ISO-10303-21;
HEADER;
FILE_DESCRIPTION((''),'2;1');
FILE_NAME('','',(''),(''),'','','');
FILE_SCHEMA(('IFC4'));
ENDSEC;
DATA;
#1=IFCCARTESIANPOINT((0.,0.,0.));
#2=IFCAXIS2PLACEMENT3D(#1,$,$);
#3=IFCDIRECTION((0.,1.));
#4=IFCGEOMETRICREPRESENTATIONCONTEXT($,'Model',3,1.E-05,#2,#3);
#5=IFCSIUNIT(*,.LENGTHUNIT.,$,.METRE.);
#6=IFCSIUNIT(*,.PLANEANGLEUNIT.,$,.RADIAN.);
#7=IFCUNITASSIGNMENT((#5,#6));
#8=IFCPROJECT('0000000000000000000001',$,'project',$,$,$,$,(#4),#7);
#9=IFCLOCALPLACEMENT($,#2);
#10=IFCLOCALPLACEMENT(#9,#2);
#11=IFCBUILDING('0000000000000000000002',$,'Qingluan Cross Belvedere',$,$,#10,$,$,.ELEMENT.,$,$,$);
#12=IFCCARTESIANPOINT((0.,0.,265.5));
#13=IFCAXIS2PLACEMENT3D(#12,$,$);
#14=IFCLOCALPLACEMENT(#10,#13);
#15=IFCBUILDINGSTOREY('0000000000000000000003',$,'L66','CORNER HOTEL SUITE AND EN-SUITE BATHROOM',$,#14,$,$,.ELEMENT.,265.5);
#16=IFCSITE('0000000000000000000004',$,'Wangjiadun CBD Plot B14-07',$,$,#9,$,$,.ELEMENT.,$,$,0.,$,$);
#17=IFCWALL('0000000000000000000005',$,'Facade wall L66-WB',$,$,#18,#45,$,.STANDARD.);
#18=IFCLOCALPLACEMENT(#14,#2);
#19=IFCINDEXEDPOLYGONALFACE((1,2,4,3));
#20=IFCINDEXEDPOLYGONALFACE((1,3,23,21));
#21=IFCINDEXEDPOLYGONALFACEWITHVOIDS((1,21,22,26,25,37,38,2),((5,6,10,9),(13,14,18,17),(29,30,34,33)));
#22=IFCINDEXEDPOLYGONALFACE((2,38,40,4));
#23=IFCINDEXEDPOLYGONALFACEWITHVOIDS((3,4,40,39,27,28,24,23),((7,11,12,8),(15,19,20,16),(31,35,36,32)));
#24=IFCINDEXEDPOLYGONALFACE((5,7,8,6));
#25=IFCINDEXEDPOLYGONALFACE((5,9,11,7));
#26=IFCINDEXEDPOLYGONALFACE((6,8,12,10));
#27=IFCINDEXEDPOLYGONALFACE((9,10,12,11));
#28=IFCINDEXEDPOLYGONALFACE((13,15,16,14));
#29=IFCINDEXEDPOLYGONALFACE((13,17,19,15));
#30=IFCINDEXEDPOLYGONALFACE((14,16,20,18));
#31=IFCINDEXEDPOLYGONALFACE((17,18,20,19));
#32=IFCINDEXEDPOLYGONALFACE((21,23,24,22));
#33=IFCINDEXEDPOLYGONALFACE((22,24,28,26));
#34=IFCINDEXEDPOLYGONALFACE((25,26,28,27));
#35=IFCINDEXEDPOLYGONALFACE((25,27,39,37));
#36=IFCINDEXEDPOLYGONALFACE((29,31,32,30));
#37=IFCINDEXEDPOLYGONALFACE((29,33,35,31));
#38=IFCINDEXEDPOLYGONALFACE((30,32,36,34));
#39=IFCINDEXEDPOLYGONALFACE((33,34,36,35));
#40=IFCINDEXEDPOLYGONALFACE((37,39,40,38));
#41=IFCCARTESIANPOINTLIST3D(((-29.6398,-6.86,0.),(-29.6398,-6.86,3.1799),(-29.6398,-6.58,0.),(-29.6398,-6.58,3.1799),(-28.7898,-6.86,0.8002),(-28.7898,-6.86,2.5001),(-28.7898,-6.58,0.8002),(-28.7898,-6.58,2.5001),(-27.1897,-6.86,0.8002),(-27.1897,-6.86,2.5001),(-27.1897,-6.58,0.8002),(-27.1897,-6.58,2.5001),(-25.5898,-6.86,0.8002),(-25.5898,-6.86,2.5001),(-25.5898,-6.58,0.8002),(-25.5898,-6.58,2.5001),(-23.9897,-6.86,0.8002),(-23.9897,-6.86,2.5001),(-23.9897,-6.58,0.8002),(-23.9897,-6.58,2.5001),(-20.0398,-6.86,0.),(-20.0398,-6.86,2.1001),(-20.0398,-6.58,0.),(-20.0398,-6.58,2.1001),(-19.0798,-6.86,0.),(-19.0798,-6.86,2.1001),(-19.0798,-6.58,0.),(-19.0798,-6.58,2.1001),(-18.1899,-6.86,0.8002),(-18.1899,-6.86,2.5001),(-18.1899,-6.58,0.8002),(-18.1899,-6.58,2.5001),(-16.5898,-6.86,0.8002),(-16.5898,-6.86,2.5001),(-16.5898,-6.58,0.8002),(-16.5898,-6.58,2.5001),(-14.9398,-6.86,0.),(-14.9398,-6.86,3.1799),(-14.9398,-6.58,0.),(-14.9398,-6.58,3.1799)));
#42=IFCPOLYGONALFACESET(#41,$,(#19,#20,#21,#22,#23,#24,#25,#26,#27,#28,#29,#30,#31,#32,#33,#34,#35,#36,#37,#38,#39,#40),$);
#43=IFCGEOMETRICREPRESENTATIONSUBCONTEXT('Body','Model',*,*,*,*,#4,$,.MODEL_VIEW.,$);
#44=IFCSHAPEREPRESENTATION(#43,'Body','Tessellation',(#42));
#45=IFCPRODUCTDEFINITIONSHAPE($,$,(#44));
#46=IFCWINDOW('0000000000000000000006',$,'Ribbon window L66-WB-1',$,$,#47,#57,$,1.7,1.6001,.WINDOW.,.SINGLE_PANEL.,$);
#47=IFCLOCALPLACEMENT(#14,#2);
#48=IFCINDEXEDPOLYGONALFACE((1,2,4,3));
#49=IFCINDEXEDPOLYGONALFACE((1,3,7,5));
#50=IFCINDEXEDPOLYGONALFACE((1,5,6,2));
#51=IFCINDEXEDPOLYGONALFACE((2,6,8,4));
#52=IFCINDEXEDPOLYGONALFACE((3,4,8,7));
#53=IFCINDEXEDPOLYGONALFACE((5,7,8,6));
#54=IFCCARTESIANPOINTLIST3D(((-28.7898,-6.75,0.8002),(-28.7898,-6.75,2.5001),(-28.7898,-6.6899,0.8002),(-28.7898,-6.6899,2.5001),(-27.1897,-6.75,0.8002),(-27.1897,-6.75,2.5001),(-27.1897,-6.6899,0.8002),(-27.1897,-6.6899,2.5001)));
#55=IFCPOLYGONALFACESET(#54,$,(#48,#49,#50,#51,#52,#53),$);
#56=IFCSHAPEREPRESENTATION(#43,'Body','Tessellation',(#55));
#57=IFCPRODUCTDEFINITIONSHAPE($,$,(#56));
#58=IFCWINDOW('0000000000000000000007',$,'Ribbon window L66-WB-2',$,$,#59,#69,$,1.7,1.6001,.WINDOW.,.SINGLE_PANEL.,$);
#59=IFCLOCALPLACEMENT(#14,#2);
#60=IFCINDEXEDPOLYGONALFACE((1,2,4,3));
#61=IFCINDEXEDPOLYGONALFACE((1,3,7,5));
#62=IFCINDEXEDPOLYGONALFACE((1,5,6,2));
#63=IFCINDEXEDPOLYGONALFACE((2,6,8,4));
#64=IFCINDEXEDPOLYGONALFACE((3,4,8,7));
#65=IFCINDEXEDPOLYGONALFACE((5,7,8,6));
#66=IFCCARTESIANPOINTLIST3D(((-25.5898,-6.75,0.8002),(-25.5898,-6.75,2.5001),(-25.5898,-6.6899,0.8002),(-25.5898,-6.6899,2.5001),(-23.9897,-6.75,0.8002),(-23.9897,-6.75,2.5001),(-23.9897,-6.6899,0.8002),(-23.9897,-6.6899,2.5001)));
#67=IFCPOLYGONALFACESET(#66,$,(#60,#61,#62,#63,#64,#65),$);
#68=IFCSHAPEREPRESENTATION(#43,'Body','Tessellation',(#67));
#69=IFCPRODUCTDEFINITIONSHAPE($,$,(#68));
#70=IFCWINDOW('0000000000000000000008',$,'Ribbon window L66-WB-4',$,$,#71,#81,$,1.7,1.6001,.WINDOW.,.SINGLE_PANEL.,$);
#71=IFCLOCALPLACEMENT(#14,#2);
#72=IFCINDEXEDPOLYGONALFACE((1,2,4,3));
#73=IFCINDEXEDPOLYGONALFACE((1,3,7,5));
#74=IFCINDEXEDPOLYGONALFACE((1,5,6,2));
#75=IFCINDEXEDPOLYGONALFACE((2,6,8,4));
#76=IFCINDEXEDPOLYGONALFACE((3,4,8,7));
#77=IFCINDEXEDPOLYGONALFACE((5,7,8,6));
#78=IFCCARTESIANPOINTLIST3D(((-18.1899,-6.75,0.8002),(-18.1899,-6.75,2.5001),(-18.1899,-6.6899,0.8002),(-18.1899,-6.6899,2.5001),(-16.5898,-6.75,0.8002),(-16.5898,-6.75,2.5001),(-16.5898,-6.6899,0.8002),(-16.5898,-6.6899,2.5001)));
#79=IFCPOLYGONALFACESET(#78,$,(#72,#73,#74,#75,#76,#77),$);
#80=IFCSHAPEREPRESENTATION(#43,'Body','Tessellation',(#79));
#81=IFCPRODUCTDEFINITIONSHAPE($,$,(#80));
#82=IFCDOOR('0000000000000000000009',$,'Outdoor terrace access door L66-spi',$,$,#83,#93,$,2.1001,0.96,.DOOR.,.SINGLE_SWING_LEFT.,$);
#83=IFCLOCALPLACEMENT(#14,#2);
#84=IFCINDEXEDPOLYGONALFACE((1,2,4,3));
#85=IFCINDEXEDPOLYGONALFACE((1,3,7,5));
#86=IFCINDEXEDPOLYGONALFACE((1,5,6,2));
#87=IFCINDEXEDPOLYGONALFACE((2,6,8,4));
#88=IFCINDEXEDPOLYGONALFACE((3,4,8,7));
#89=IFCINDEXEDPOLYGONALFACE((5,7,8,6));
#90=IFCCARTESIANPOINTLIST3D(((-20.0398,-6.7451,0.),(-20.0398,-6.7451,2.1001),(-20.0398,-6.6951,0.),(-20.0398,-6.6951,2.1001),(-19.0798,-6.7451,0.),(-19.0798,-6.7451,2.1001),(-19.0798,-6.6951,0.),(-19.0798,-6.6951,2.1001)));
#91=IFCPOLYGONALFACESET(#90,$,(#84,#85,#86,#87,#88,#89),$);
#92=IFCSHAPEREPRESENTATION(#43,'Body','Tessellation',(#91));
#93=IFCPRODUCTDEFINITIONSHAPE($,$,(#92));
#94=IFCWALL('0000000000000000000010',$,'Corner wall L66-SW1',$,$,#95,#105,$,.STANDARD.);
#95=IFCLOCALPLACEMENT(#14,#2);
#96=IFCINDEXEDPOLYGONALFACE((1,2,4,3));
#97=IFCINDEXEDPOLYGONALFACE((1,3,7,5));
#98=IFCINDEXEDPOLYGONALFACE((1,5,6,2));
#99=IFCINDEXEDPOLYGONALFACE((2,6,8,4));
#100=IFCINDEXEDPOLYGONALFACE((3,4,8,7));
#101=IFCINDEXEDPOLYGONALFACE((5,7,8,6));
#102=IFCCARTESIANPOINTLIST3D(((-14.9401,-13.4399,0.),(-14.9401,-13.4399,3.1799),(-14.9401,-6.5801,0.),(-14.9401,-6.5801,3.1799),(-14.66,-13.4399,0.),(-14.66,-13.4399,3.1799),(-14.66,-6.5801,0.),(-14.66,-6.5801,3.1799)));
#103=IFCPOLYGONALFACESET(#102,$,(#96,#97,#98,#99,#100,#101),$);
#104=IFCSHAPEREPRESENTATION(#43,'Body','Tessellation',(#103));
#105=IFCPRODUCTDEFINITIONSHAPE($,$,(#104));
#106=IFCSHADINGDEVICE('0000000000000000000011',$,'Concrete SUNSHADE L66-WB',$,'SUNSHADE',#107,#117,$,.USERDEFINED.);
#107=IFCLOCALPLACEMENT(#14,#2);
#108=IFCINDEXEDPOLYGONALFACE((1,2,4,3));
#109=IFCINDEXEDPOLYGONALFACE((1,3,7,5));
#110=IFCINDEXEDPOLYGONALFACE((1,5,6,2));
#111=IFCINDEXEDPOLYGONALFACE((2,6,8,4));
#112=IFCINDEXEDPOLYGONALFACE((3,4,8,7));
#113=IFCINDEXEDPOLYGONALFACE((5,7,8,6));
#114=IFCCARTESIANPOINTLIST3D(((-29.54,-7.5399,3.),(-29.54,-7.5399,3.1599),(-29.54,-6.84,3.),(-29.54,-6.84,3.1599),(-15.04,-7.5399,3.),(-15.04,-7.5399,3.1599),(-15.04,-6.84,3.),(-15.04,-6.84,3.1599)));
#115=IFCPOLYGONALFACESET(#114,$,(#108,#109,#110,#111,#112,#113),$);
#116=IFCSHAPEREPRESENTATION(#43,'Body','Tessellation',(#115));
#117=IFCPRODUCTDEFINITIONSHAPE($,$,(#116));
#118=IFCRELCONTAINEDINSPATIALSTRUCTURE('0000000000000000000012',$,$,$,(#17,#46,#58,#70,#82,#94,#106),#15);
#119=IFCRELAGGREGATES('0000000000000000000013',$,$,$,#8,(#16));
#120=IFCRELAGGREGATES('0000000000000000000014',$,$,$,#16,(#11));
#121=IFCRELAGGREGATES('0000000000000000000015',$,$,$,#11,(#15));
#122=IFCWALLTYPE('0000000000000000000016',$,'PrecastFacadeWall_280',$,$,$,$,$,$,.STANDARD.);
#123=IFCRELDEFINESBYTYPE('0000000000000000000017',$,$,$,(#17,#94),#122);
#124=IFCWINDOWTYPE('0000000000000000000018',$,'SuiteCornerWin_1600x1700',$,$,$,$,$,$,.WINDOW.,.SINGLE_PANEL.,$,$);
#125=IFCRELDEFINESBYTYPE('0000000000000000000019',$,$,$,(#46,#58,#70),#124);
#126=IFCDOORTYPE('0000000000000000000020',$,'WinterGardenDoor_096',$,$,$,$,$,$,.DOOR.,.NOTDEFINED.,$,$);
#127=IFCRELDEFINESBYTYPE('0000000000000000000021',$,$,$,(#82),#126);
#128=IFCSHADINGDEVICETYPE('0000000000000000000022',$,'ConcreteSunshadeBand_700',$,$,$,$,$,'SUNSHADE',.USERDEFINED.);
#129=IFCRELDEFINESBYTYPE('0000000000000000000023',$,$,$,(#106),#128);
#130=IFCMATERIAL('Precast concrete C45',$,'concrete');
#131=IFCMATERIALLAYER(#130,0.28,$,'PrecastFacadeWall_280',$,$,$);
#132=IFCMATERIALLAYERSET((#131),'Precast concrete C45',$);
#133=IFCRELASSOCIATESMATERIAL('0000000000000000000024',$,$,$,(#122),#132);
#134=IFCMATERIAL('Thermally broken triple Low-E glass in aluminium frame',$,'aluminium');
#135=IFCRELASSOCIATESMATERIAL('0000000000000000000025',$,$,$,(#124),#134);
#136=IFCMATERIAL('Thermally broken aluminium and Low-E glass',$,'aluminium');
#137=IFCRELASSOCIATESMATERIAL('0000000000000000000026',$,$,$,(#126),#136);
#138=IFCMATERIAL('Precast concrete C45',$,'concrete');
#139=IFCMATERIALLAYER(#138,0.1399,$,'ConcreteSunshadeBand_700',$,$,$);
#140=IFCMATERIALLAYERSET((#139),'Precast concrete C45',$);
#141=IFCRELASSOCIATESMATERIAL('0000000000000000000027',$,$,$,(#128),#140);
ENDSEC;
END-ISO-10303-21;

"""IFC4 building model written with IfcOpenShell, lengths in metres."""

from ifc_helpers import new_model, si_unit, direction, frame, frame_2d, origin, origin_2d, place, context, subcontext, project, spatial, rectangle, extrude, material, layer, layer_set, type_object, element, fill, save


model = new_model("IFC4")

# Units and contexts
model_context = context("Model", 3, precision=1e-05, world=origin(), true_north=direction((0.0, 1.0)))
body_context = subcontext(model_context, "Body", "Model", "MODEL_VIEW")
ifc_project = project(units=[si_unit("LENGTHUNIT", "METRE"), si_unit("PLANEANGLEUNIT", "RADIAN")], contexts=[model_context])

# Site, building, storey
site_placement = place(None, origin())
site = spatial("IfcSite", under=ifc_project, at=site_placement, Name="Wangjiadun CBD Plot B14-07", CompositionType="ELEMENT", RefElevation=0.0)
building_placement = place(site_placement, origin())
building = spatial("IfcBuilding", under=site, at=building_placement, Name="Qingluan Cross Belvedere", CompositionType="ELEMENT")
storey_placement = place(building_placement, frame((0.0, 0.0, 265.5)))
storey = spatial("IfcBuildingStorey", under=building, at=storey_placement, Name="L66", Description="CORNER HOTEL SUITE AND EN-SUITE BATHROOM", CompositionType="ELEMENT", Elevation=265.5)

# Wall, openings, windows, door
ifc_material_1 = material(Name="Precast concrete C45", Category="concrete")
ifc_layer_1 = layer(ifc_material_1, 0.28, Name="PrecastFacadeWall_280")
ifc_layer_set_1 = layer_set([ifc_layer_1], Name="Precast concrete C45")
wall_type_1 = type_object("IfcWallType", Name="PrecastFacadeWall_280", PredefinedType="STANDARD", material=ifc_layer_set_1)
wall_1_placement = place(storey_placement, frame((-29.6399, -6.72, 0.0), z_axis=(0.0, 0.0, 1.0), x_axis=(1.0, 0.0, 0.0)))
wall_1 = element("IfcWall", 1, at=wall_1_placement, inside=storey, type_object=wall_type_1, Name="Facade wall L66-WB", PredefinedType="STANDARD", context=body_context, shape_type="SweptSolid", body=[
    extrude(rectangle(XDim=14.7, YDim=0.28, at=frame_2d((7.3501, 0.0))), origin(), (0.0, 0.0, 1.0), 3.1799),
])
opening_1_placement = place(wall_1_placement, frame((0.8501, 0.0, 0.8)))
opening_1 = element("IfcOpeningElement", 2, at=opening_1_placement, cuts=wall_1, PredefinedType="OPENING", context=body_context, shape_type="SweptSolid", body=[
    extrude(rectangle(XDim=1.6001, YDim=1.7, at=frame_2d((0.8, 0.8501))), frame((0.0, 0.1499, 0.0), z_axis=(0.0, -1.0, 0.0), x_axis=(1.0, 0.0, 0.0)), (0.0, 0.0, 1.0), 0.3),
])
opening_2_placement = place(wall_1_placement, frame((4.05, 0.0, 0.8)))
opening_2 = element("IfcOpeningElement", 3, at=opening_2_placement, cuts=wall_1, PredefinedType="OPENING", context=body_context, shape_type="SweptSolid", body=[
    extrude(rectangle(XDim=1.6001, YDim=1.7, at=frame_2d((0.8, 0.8501))), frame((0.0, 0.1499, 0.0), z_axis=(0.0, -1.0, 0.0), x_axis=(1.0, 0.0, 0.0)), (0.0, 0.0, 1.0), 0.3),
])
opening_3_placement = place(wall_1_placement, frame((11.45, 0.0, 0.8)))
opening_3 = element("IfcOpeningElement", 4, at=opening_3_placement, cuts=wall_1, PredefinedType="OPENING", context=body_context, shape_type="SweptSolid", body=[
    extrude(rectangle(XDim=1.6001, YDim=1.7, at=frame_2d((0.8, 0.8501))), frame((0.0, 0.1499, 0.0), z_axis=(0.0, -1.0, 0.0), x_axis=(1.0, 0.0, 0.0)), (0.0, 0.0, 1.0), 0.3),
])
opening_4_placement = place(wall_1_placement, frame((9.6001, 0.0, 0.0)))
opening_4 = element("IfcOpeningElement", 5, at=opening_4_placement, cuts=wall_1, PredefinedType="OPENING", context=body_context, shape_type="SweptSolid", body=[
    extrude(rectangle(XDim=0.96, YDim=2.1001, at=frame_2d((0.48, 1.05))), frame((0.0, 0.1499, 0.0), z_axis=(0.0, -1.0, 0.0), x_axis=(1.0, 0.0, 0.0)), (0.0, 0.0, 1.0), 0.3),
])
ifc_material_2 = material(Name="Thermally broken triple Low-E glass in aluminium frame", Category="aluminium")
window_type = type_object("IfcWindowType", Name="SuiteCornerWin_1600x1700", PartitioningType="SINGLE_PANEL", PredefinedType="WINDOW", material=ifc_material_2)
window_1_placement = place(opening_1_placement, origin())
window_1 = element("IfcWindow", 6, at=window_1_placement, inside=storey, type_object=window_type, Name="Ribbon window L66-WB-1", OverallHeight=1.7, OverallWidth=1.6001, PartitioningType="SINGLE_PANEL", PredefinedType="WINDOW", context=body_context, shape_type="SweptSolid", body=[
    extrude(rectangle(XDim=1.6001, YDim=1.7, at=frame_2d((0.8, 0.8501))), frame((0.0, 0.03, 0.0), z_axis=(0.0, -1.0, 0.0), x_axis=(1.0, 0.0, 0.0)), (0.0, 0.0, 1.0), 0.0601),
])
fill(opening_1, window_1)
window_2_placement = place(opening_2_placement, origin())
window_2 = element("IfcWindow", 7, at=window_2_placement, inside=storey, type_object=window_type, Name="Ribbon window L66-WB-2", OverallHeight=1.7, OverallWidth=1.6001, PartitioningType="SINGLE_PANEL", PredefinedType="WINDOW", context=body_context, shape_type="SweptSolid", body=[
    extrude(rectangle(XDim=1.6001, YDim=1.7, at=frame_2d((0.8, 0.8501))), frame((0.0, 0.03, 0.0), z_axis=(0.0, -1.0, 0.0), x_axis=(1.0, 0.0, 0.0)), (0.0, 0.0, 1.0), 0.0601),
])
fill(opening_2, window_2)
window_3_placement = place(opening_3_placement, origin())
window_3 = element("IfcWindow", 8, at=window_3_placement, inside=storey, type_object=window_type, Name="Ribbon window L66-WB-4", OverallHeight=1.7, OverallWidth=1.6001, PartitioningType="SINGLE_PANEL", PredefinedType="WINDOW", context=body_context, shape_type="SweptSolid", body=[
    extrude(rectangle(XDim=1.6001, YDim=1.7, at=frame_2d((0.8, 0.8501))), frame((0.0, 0.03, 0.0), z_axis=(0.0, -1.0, 0.0), x_axis=(1.0, 0.0, 0.0)), (0.0, 0.0, 1.0), 0.0601),
])
fill(opening_3, window_3)
ifc_material_3 = material(Name="Thermally broken aluminium and Low-E glass", Category="aluminium")
door_type_1 = type_object("IfcDoorType", Name="WinterGardenDoor_096", OperationType="NOTDEFINED", PredefinedType="DOOR", material=ifc_material_3)
door_1_placement = place(opening_4_placement, origin())
door_1 = element("IfcDoor", 9, at=door_1_placement, inside=storey, type_object=door_type_1, Name="Outdoor terrace access door L66-spi", OperationType="SINGLE_SWING_LEFT", OverallHeight=2.1001, OverallWidth=0.96, PredefinedType="DOOR", context=body_context, shape_type="SweptSolid", body=[
    extrude(rectangle(XDim=0.96, YDim=2.1001, at=frame_2d((0.48, 1.05))), frame((0.0, 0.0249, 0.0), z_axis=(0.0, -1.0, 0.0), x_axis=(1.0, 0.0, 0.0)), (0.0, 0.0, 1.0), 0.05),
])
fill(opening_4, door_1)

# Wall
wall_2_placement = place(storey_placement, frame((-14.8, -6.5801, 0.0), z_axis=(0.0, 0.0, 1.0), x_axis=(0.0, -1.0, 0.0)))
element("IfcWall", 10, at=wall_2_placement, inside=storey, type_object=wall_type_1, Name="Corner wall L66-SW1", PredefinedType="STANDARD", context=body_context, shape_type="SweptSolid", body=[
    extrude(rectangle(XDim=6.8599, YDim=0.28, at=frame_2d((3.4299, 0.0))), origin(), (0.0, 0.0, 1.0), 3.1799),
])

# Shading device
ifc_material_4 = material(Name="Precast concrete C45", Category="concrete")
ifc_layer_2 = layer(ifc_material_4, 0.1399, Name="ConcreteSunshadeBand_700")
ifc_layer_set_2 = layer_set([ifc_layer_2], Name="Precast concrete C45")
shading_device_type = type_object("IfcShadingDeviceType", Name="ConcreteSunshadeBand_700", ElementType="SUNSHADE", PredefinedType="USERDEFINED", material=ifc_layer_set_2)
shading_device_placement = place(storey_placement, frame((-22.29, -7.1899, 3.0), z_axis=(0.0, 0.0, 1.0), x_axis=(1.0, 0.0, 0.0)))
element("IfcShadingDevice", 11, at=shading_device_placement, inside=storey, type_object=shading_device_type, Name="Concrete SUNSHADE L66-WB", ObjectType="SUNSHADE", PredefinedType="USERDEFINED", context=body_context, shape_type="SweptSolid", body=[
    extrude(rectangle(XDim=14.5, YDim=0.7, at=origin_2d()), origin(), (0.0, 0.0, 1.0), 0.1599),
])

save(model, "model.ifc")
